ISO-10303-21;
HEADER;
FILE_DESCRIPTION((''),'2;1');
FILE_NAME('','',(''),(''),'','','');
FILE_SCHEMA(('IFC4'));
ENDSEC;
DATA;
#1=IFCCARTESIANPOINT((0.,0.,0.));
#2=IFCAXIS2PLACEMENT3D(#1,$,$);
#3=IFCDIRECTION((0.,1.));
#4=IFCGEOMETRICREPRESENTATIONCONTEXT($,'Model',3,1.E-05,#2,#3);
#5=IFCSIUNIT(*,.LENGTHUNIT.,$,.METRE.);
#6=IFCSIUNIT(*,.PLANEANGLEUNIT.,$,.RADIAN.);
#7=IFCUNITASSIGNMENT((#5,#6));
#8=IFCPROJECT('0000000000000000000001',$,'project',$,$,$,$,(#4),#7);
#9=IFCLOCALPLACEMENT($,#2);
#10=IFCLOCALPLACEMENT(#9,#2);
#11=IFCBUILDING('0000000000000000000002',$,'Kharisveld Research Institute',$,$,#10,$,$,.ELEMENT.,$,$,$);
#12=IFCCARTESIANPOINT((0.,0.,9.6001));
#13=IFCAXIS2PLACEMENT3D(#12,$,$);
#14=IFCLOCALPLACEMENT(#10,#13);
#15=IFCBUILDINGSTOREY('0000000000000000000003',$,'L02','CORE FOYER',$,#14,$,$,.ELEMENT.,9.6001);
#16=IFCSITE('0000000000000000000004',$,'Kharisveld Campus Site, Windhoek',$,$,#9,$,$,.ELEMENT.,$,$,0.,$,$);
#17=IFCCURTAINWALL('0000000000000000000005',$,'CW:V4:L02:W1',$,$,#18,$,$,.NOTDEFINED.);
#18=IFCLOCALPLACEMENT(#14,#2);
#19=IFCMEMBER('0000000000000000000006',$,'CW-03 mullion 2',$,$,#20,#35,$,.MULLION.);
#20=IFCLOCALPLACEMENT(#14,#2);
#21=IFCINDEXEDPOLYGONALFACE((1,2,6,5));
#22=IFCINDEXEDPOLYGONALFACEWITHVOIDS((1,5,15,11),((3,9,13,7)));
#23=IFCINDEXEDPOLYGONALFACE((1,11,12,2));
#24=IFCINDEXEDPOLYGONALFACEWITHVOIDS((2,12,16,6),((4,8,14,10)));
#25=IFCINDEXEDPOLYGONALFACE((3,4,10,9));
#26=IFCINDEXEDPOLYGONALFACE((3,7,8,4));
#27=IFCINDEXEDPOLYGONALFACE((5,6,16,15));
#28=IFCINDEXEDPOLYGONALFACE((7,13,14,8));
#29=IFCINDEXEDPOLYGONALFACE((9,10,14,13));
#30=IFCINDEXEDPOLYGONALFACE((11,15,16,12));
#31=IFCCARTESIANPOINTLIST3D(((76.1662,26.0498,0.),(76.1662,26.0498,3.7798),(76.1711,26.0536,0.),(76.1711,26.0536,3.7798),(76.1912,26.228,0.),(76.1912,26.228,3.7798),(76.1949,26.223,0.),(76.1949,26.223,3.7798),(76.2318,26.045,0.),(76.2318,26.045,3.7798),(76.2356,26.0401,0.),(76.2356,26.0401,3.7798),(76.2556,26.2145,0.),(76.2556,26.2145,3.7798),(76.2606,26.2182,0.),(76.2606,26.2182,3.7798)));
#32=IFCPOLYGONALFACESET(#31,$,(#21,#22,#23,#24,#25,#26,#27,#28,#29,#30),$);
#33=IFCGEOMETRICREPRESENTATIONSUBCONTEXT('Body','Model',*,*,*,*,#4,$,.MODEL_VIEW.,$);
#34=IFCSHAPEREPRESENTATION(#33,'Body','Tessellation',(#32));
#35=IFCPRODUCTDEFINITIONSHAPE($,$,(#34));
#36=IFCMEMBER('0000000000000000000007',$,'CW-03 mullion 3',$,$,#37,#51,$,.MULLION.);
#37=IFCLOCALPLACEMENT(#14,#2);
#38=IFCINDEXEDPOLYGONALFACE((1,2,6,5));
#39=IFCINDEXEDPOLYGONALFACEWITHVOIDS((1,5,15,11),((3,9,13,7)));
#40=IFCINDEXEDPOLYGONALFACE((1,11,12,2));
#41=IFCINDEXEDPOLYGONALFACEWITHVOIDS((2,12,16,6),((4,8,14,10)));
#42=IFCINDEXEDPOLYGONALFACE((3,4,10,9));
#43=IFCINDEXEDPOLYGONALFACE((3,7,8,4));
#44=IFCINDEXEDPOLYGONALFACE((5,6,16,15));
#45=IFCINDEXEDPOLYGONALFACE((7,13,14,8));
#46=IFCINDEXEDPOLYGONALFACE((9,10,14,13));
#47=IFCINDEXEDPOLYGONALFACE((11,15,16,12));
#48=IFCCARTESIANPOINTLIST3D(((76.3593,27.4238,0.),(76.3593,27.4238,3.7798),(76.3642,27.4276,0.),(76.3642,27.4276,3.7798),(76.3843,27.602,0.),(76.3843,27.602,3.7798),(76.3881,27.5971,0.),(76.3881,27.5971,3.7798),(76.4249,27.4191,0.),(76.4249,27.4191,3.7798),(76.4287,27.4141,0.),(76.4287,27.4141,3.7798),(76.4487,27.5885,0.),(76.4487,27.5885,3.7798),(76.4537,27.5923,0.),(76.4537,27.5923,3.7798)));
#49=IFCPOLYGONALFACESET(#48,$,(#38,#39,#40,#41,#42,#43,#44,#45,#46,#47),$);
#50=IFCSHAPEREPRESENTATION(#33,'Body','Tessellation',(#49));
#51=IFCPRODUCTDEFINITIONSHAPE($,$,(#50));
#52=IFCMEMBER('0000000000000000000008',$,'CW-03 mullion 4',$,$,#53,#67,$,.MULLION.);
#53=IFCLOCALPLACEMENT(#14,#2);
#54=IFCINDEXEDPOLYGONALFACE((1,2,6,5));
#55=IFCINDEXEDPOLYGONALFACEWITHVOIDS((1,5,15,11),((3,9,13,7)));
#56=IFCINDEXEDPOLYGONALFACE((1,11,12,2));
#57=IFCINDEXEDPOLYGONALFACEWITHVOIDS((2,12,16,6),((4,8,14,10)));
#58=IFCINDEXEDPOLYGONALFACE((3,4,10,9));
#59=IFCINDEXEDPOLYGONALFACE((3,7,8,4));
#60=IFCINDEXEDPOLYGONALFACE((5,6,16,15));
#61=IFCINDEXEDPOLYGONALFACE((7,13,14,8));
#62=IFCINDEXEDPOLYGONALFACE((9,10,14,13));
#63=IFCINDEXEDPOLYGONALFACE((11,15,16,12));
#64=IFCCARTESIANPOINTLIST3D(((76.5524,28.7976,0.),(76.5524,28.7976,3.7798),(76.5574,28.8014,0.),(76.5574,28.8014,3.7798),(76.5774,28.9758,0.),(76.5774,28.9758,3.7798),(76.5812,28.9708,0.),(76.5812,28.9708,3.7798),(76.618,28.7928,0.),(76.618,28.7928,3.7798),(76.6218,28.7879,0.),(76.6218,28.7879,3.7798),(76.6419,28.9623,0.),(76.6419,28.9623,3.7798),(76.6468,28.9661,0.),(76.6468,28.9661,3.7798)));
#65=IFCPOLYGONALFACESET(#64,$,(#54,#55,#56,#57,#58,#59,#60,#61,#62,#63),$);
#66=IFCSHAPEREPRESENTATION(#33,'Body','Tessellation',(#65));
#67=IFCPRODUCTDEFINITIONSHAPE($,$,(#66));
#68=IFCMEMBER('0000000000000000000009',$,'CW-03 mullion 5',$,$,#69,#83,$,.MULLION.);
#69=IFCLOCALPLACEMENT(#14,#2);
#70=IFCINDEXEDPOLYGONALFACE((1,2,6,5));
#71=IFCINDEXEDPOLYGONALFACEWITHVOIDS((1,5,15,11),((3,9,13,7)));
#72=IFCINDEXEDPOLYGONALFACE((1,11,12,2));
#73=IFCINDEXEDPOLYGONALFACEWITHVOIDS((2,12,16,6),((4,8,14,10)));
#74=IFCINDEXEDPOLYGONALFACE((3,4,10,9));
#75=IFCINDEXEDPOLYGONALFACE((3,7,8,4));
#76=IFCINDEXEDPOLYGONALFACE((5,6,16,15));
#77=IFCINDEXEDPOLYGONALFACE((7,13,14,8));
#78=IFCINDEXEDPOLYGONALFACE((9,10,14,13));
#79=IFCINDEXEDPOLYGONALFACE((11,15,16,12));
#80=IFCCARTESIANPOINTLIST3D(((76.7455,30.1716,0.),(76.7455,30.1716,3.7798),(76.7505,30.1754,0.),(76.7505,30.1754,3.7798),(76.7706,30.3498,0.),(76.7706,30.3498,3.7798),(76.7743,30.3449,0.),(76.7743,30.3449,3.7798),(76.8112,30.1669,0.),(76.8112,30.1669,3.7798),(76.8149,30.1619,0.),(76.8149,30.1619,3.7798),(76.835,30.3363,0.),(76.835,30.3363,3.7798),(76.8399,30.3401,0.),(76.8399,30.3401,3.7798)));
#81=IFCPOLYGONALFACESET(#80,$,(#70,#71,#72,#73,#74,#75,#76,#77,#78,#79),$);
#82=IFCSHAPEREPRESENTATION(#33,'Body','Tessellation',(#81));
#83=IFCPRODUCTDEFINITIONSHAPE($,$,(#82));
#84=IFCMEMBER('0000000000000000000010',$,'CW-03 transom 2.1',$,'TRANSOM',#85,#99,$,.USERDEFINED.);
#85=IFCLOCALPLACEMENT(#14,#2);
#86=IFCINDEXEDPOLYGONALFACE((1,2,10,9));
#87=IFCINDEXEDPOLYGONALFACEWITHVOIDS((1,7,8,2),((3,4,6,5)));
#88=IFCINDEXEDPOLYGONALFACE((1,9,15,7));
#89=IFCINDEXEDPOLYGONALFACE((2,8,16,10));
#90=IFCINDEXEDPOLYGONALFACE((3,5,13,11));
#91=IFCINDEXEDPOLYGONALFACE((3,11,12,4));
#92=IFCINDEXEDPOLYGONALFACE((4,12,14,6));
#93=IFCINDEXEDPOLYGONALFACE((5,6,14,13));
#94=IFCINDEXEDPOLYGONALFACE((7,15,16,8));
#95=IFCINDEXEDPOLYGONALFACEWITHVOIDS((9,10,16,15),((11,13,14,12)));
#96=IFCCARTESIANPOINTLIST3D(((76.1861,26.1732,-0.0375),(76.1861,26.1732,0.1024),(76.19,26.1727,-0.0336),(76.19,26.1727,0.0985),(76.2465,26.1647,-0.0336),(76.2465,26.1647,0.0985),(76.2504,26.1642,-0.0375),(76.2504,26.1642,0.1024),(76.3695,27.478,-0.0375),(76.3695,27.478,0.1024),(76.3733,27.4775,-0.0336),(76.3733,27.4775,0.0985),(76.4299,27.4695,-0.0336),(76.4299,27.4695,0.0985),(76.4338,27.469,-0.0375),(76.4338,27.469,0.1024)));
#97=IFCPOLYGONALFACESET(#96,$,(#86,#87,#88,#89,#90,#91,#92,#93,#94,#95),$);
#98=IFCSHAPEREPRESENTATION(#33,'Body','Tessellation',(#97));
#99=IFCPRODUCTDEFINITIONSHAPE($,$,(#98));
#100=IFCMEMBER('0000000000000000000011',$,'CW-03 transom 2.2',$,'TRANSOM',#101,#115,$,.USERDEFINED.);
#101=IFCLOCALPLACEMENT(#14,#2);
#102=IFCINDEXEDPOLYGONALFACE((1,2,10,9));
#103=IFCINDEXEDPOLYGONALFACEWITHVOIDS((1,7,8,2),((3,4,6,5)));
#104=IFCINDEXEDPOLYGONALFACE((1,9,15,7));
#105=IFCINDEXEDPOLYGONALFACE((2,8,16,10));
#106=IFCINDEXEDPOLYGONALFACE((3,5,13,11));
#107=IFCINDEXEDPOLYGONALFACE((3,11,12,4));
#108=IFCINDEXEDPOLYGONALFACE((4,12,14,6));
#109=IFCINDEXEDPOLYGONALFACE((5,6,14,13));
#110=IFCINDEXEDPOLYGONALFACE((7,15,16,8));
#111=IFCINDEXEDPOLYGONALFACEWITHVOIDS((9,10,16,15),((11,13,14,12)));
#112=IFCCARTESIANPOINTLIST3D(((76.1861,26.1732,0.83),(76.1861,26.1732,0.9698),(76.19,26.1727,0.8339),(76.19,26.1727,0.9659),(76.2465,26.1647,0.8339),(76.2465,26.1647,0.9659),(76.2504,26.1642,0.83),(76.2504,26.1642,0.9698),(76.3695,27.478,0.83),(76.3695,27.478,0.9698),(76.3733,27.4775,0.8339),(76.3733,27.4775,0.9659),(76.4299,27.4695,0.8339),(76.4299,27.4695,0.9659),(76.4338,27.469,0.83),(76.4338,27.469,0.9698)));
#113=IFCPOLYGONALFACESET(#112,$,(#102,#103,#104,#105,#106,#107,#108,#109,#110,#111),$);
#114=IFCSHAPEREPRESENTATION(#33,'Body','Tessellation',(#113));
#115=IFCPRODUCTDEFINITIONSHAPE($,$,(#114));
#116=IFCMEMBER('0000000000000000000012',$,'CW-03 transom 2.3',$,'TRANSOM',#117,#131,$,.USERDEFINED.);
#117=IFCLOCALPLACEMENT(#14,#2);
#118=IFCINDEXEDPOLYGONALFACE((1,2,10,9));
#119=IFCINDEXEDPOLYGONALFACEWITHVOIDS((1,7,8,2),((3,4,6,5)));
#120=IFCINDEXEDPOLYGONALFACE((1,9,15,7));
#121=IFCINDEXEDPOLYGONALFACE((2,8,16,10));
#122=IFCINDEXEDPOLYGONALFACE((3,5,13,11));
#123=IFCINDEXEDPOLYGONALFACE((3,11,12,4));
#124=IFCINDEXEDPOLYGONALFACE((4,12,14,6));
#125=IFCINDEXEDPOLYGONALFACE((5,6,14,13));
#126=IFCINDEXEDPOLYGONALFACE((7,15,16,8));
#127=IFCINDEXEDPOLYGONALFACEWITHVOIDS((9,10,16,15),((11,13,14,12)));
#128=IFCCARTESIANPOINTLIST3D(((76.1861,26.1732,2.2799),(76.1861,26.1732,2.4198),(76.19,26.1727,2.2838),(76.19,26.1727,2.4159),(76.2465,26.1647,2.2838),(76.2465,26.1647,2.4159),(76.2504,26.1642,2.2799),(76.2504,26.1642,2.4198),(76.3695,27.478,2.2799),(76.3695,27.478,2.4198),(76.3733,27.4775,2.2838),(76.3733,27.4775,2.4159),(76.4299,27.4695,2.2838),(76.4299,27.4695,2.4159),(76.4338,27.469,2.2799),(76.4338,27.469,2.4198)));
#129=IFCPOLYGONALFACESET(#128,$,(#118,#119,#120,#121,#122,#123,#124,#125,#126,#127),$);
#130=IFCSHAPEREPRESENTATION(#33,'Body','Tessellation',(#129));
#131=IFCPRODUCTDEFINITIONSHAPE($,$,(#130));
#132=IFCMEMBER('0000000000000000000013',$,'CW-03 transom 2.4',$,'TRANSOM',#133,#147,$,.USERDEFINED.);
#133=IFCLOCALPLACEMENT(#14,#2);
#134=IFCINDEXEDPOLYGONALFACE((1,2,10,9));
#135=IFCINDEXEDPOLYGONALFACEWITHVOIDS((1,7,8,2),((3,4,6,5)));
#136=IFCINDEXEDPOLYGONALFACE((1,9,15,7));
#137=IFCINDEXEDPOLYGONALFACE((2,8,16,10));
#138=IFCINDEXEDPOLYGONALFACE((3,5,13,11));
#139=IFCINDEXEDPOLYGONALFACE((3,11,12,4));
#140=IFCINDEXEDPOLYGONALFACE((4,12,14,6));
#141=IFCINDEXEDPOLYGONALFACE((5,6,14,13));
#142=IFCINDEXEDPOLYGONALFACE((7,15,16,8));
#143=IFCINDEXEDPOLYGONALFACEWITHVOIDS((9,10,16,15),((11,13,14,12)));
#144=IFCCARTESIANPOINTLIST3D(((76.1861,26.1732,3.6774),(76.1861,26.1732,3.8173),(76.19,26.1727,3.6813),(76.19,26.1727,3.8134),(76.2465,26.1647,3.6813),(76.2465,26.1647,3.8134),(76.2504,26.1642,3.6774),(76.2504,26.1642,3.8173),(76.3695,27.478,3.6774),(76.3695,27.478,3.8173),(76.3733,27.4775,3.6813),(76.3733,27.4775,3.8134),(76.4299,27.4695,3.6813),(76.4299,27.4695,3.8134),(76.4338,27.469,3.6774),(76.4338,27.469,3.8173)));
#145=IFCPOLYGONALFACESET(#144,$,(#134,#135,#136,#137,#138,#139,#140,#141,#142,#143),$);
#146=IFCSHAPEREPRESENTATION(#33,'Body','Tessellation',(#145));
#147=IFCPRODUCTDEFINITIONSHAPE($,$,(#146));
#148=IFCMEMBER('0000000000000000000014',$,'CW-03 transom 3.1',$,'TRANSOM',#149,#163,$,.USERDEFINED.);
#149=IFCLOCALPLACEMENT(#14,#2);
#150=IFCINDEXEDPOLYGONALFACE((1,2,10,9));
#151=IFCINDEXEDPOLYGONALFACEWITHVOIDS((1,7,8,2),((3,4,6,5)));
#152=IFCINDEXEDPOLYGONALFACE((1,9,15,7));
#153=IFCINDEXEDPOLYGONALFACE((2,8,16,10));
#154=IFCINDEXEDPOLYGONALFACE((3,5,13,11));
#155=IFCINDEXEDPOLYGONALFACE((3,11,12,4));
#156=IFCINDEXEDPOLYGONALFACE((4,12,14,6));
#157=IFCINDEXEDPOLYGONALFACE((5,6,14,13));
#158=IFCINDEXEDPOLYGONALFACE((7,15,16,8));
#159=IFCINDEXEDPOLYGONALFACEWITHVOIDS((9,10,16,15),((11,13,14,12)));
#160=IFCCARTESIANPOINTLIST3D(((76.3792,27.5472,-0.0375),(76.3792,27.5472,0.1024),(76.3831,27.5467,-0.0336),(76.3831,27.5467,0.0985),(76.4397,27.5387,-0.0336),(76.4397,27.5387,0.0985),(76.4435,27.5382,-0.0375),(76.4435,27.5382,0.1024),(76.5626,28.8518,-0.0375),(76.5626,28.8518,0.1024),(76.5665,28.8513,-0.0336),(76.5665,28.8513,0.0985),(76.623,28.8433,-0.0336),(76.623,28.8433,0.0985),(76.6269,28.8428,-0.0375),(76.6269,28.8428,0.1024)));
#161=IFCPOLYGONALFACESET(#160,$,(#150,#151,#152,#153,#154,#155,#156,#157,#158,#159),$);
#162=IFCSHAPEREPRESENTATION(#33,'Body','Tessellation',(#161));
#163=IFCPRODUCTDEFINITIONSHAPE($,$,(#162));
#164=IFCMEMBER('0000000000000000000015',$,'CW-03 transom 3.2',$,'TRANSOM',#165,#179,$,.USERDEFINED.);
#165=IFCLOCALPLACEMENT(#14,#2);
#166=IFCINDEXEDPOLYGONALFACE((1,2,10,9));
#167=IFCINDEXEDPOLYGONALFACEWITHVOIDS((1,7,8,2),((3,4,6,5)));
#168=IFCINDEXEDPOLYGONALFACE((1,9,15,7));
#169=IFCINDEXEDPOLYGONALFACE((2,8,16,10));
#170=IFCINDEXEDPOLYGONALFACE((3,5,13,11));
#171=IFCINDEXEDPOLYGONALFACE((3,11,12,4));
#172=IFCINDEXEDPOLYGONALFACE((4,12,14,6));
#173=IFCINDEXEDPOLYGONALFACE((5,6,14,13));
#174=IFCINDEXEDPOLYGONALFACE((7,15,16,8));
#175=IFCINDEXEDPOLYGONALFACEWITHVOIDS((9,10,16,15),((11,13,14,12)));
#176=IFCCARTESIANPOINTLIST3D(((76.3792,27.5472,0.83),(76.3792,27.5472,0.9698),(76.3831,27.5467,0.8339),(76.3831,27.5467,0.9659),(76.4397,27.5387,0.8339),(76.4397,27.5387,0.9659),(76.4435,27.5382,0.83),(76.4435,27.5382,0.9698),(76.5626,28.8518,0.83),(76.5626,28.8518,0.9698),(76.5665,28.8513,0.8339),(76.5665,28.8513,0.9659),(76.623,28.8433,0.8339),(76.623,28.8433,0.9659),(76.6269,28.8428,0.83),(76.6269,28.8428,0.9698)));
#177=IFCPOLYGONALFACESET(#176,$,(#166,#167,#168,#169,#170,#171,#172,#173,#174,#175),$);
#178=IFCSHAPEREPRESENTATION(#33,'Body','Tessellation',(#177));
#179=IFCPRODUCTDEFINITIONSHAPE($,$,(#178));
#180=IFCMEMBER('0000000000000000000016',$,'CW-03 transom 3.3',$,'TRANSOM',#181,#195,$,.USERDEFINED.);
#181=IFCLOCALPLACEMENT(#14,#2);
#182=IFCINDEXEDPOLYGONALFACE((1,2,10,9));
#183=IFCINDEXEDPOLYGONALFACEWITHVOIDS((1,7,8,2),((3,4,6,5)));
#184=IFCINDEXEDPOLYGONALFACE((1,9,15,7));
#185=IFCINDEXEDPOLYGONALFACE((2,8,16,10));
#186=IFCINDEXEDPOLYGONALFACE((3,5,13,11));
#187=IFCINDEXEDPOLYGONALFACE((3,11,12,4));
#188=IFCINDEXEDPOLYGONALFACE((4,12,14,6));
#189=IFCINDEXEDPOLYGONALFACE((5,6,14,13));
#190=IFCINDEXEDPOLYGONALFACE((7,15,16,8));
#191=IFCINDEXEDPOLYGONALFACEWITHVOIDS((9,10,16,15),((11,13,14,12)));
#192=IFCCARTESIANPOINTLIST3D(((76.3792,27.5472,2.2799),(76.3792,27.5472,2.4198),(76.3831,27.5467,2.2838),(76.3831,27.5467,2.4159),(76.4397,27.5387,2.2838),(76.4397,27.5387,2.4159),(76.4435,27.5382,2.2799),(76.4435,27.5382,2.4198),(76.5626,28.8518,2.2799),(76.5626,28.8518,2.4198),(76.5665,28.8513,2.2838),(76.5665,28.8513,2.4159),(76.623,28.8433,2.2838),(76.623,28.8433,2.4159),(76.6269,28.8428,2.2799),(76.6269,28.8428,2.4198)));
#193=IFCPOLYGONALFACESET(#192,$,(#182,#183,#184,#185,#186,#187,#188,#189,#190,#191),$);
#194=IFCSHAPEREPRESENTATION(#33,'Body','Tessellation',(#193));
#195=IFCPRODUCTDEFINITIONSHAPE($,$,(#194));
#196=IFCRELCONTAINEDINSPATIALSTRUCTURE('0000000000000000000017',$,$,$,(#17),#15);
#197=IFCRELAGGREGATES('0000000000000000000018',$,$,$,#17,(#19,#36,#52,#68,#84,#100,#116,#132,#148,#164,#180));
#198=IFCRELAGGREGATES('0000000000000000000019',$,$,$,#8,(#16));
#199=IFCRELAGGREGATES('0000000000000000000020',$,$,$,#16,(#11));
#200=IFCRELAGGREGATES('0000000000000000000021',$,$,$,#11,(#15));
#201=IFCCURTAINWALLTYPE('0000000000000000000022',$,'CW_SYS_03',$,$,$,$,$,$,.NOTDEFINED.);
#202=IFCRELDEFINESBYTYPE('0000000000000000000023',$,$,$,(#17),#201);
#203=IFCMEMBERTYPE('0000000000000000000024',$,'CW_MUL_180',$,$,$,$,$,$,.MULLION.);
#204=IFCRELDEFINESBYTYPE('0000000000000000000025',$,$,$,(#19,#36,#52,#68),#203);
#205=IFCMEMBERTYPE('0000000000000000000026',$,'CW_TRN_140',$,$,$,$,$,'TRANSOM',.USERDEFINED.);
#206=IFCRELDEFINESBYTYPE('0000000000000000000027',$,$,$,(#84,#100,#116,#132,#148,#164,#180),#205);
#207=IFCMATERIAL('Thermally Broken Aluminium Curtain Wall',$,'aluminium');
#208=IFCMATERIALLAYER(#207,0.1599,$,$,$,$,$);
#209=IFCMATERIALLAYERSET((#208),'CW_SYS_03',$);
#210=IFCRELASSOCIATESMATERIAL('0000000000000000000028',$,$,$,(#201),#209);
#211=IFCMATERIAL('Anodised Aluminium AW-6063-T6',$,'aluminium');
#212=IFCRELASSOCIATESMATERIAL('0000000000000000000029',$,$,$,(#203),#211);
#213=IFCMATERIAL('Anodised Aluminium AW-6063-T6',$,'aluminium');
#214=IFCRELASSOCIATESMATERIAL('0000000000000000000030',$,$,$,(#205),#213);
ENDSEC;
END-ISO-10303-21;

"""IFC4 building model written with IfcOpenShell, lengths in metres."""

from ifc_helpers import new_model, si_unit, direction, frame, origin, origin_2d, place, context, subcontext, project, spatial, hollow_rectangle, extrude, material, layer, layer_set, material_profile, profile_set, type_object, element, aggregate, save


model = new_model("IFC4")

# Units and contexts
model_context = context("Model", 3, precision=1e-05, world=origin(), true_north=direction((0.0, 1.0)))
body_context = subcontext(model_context, "Body", "Model", "MODEL_VIEW")
ifc_project = project(units=[si_unit("LENGTHUNIT", "METRE"), si_unit("PLANEANGLEUNIT", "RADIAN")], contexts=[model_context])

# Site, building, storey
site_placement = place(None, origin())
site = spatial("IfcSite", under=ifc_project, at=site_placement, Name="Kharisveld Campus Site, Windhoek", CompositionType="ELEMENT", RefElevation=0.0)
building_placement = place(site_placement, origin())
building = spatial("IfcBuilding", under=site, at=building_placement, Name="Kharisveld Research Institute", CompositionType="ELEMENT")
storey_placement = place(building_placement, frame((0.0, 0.0, 9.6001)))
storey = spatial("IfcBuildingStorey", under=building, at=storey_placement, Name="L02", Description="CORE FOYER", CompositionType="ELEMENT", Elevation=9.6001)

# Curtain wall, members
ifc_material_1 = material(Name="Thermally Broken Aluminium Curtain Wall", Category="aluminium")
ifc_layer_1 = layer(ifc_material_1, 0.1599)
ifc_layer_set_1 = layer_set([ifc_layer_1], Name="CW_SYS_03")
curtain_wall_type = type_object("IfcCurtainWallType", Name="CW_SYS_03", PredefinedType="NOTDEFINED", material=ifc_layer_set_1)
curtain_wall_placement = place(storey_placement, origin())
curtain_wall = element("IfcCurtainWall", 1, at=curtain_wall_placement, inside=storey, type_object=curtain_wall_type, Name="CW:V4:L02:W1", PredefinedType="NOTDEFINED")
ifc_material_2 = material(Name="Anodised Aluminium AW-6063-T6", Category="aluminium")
ifc_material_profile_1 = material_profile(ifc_material_2, hollow_rectangle(XDim=0.0701, YDim=0.1799, WallThickness=0.0044, at=origin_2d()))
ifc_profile_set_1 = profile_set([ifc_material_profile_1], Name="Anodised Aluminium AW-6063-T6")
member_type_1 = type_object("IfcMemberType", Name="CW_MUL_180", PredefinedType="MULLION", material=ifc_profile_set_1)
member_1_placement = place(storey_placement, frame((76.2134, 26.134, 0.0), z_axis=(0.0, 0.0, 1.0), x_axis=(-0.990268, 0.139173, 0.0)))
member_1 = element("IfcMember", 2, at=member_1_placement, type_object=member_type_1, Name="CW-03 mullion 2", PredefinedType="MULLION", context=body_context, shape_type="SweptSolid", body=[
    extrude(hollow_rectangle(XDim=0.0701, YDim=0.1799, WallThickness=0.0044, at=origin_2d()), origin(), (0.0, 0.0, 1.0), 3.7798),
])
member_2_placement = place(storey_placement, frame((76.4065, 27.5081, 0.0), z_axis=(0.0, 0.0, 1.0), x_axis=(-0.990268, 0.139173, 0.0)))
member_2 = element("IfcMember", 3, at=member_2_placement, type_object=member_type_1, Name="CW-03 mullion 3", PredefinedType="MULLION", context=body_context, shape_type="SweptSolid", body=[
    extrude(hollow_rectangle(XDim=0.0701, YDim=0.1799, WallThickness=0.0044, at=origin_2d()), origin(), (0.0, 0.0, 1.0), 3.7798),
])
member_3_placement = place(storey_placement, frame((76.5996, 28.8818, 0.0), z_axis=(0.0, 0.0, 1.0), x_axis=(-0.990268, 0.139173, 0.0)))
member_3 = element("IfcMember", 4, at=member_3_placement, type_object=member_type_1, Name="CW-03 mullion 4", PredefinedType="MULLION", context=body_context, shape_type="SweptSolid", body=[
    extrude(hollow_rectangle(XDim=0.0701, YDim=0.1799, WallThickness=0.0044, at=origin_2d()), origin(), (0.0, 0.0, 1.0), 3.7798),
])
member_4_placement = place(storey_placement, frame((76.7927, 30.2559, 0.0), z_axis=(0.0, 0.0, 1.0), x_axis=(-0.990268, 0.139173, 0.0)))
member_4 = element("IfcMember", 5, at=member_4_placement, type_object=member_type_1, Name="CW-03 mullion 5", PredefinedType="MULLION", context=body_context, shape_type="SweptSolid", body=[
    extrude(hollow_rectangle(XDim=0.0701, YDim=0.1799, WallThickness=0.0044, at=origin_2d()), origin(), (0.0, 0.0, 1.0), 3.7798),
])
ifc_material_3 = material(Name="Anodised Aluminium AW-6063-T6", Category="aluminium")
ifc_material_profile_2 = material_profile(ifc_material_3, hollow_rectangle(XDim=0.0649, YDim=0.1399, WallThickness=0.0039, at=origin_2d()))
ifc_profile_set_2 = profile_set([ifc_material_profile_2], Name="Anodised Aluminium AW-6063-T6")
member_type_2 = type_object("IfcMemberType", Name="CW_TRN_140", ElementType="TRANSOM", PredefinedType="USERDEFINED", material=ifc_profile_set_2)
member_5_placement = place(storey_placement, frame((76.2183, 26.1687, 0.0325), z_axis=(0.139164, 0.990269, 0.0), x_axis=(-0.990269, 0.139164, 0.0)))
member_5 = element("IfcMember", 6, at=member_5_placement, type_object=member_type_2, Name="CW-03 transom 2.1", ObjectType="TRANSOM", PredefinedType="USERDEFINED", context=body_context, shape_type="SweptSolid", body=[
    extrude(hollow_rectangle(XDim=0.0649, YDim=0.1399, WallThickness=0.0039, at=origin_2d()), origin(), (0.0, 0.0, 1.0), 1.3176),
])
member_6_placement = place(storey_placement, frame((76.2183, 26.1687, 0.8999), z_axis=(0.139164, 0.990269, 0.0), x_axis=(-0.990269, 0.139164, 0.0)))
member_6 = element("IfcMember", 7, at=member_6_placement, type_object=member_type_2, Name="CW-03 transom 2.2", ObjectType="TRANSOM", PredefinedType="USERDEFINED", context=body_context, shape_type="SweptSolid", body=[
    extrude(hollow_rectangle(XDim=0.0649, YDim=0.1399, WallThickness=0.0039, at=origin_2d()), origin(), (0.0, 0.0, 1.0), 1.3176),
])
member_7_placement = place(storey_placement, frame((76.2183, 26.1687, 2.3499), z_axis=(0.139164, 0.990269, 0.0), x_axis=(-0.990269, 0.139164, 0.0)))
member_7 = element("IfcMember", 8, at=member_7_placement, type_object=member_type_2, Name="CW-03 transom 2.3", ObjectType="TRANSOM", PredefinedType="USERDEFINED", context=body_context, shape_type="SweptSolid", body=[
    extrude(hollow_rectangle(XDim=0.0649, YDim=0.1399, WallThickness=0.0039, at=origin_2d()), origin(), (0.0, 0.0, 1.0), 1.3176),
])
member_8_placement = place(storey_placement, frame((76.2183, 26.1687, 3.7473), z_axis=(0.139164, 0.990269, 0.0), x_axis=(-0.990269, 0.139164, 0.0)))
member_8 = element("IfcMember", 9, at=member_8_placement, type_object=member_type_2, Name="CW-03 transom 2.4", ObjectType="TRANSOM", PredefinedType="USERDEFINED", context=body_context, shape_type="SweptSolid", body=[
    extrude(hollow_rectangle(XDim=0.0649, YDim=0.1399, WallThickness=0.0039, at=origin_2d()), origin(), (0.0, 0.0, 1.0), 1.3176),
])
member_9_placement = place(storey_placement, frame((76.4114, 27.5427, 0.0325), z_axis=(0.13919, 0.990266, 0.0), x_axis=(-0.990266, 0.13919, 0.0)))
member_9 = element("IfcMember", 10, at=member_9_placement, type_object=member_type_2, Name="CW-03 transom 3.1", ObjectType="TRANSOM", PredefinedType="USERDEFINED", context=body_context, shape_type="SweptSolid", body=[
    extrude(hollow_rectangle(XDim=0.0649, YDim=0.1399, WallThickness=0.0039, at=origin_2d()), origin(), (0.0, 0.0, 1.0), 1.3174),
])
member_10_placement = place(storey_placement, frame((76.4114, 27.5427, 0.8999), z_axis=(0.13919, 0.990266, 0.0), x_axis=(-0.990266, 0.13919, 0.0)))
member_10 = element("IfcMember", 11, at=member_10_placement, type_object=member_type_2, Name="CW-03 transom 3.2", ObjectType="TRANSOM", PredefinedType="USERDEFINED", context=body_context, shape_type="SweptSolid", body=[
    extrude(hollow_rectangle(XDim=0.0649, YDim=0.1399, WallThickness=0.0039, at=origin_2d()), origin(), (0.0, 0.0, 1.0), 1.3174),
])
member_11_placement = place(storey_placement, frame((76.4114, 27.5427, 2.3499), z_axis=(0.13919, 0.990266, 0.0), x_axis=(-0.990266, 0.13919, 0.0)))
member_11 = element("IfcMember", 12, at=member_11_placement, type_object=member_type_2, Name="CW-03 transom 3.3", ObjectType="TRANSOM", PredefinedType="USERDEFINED", context=body_context, shape_type="SweptSolid", body=[
    extrude(hollow_rectangle(XDim=0.0649, YDim=0.1399, WallThickness=0.0039, at=origin_2d()), origin(), (0.0, 0.0, 1.0), 1.3174),
])
aggregate(curtain_wall, [member_1, member_2, member_3, member_4, member_5, member_6, member_7, member_8, member_9, member_10, member_11])

save(model, "model.ifc")
